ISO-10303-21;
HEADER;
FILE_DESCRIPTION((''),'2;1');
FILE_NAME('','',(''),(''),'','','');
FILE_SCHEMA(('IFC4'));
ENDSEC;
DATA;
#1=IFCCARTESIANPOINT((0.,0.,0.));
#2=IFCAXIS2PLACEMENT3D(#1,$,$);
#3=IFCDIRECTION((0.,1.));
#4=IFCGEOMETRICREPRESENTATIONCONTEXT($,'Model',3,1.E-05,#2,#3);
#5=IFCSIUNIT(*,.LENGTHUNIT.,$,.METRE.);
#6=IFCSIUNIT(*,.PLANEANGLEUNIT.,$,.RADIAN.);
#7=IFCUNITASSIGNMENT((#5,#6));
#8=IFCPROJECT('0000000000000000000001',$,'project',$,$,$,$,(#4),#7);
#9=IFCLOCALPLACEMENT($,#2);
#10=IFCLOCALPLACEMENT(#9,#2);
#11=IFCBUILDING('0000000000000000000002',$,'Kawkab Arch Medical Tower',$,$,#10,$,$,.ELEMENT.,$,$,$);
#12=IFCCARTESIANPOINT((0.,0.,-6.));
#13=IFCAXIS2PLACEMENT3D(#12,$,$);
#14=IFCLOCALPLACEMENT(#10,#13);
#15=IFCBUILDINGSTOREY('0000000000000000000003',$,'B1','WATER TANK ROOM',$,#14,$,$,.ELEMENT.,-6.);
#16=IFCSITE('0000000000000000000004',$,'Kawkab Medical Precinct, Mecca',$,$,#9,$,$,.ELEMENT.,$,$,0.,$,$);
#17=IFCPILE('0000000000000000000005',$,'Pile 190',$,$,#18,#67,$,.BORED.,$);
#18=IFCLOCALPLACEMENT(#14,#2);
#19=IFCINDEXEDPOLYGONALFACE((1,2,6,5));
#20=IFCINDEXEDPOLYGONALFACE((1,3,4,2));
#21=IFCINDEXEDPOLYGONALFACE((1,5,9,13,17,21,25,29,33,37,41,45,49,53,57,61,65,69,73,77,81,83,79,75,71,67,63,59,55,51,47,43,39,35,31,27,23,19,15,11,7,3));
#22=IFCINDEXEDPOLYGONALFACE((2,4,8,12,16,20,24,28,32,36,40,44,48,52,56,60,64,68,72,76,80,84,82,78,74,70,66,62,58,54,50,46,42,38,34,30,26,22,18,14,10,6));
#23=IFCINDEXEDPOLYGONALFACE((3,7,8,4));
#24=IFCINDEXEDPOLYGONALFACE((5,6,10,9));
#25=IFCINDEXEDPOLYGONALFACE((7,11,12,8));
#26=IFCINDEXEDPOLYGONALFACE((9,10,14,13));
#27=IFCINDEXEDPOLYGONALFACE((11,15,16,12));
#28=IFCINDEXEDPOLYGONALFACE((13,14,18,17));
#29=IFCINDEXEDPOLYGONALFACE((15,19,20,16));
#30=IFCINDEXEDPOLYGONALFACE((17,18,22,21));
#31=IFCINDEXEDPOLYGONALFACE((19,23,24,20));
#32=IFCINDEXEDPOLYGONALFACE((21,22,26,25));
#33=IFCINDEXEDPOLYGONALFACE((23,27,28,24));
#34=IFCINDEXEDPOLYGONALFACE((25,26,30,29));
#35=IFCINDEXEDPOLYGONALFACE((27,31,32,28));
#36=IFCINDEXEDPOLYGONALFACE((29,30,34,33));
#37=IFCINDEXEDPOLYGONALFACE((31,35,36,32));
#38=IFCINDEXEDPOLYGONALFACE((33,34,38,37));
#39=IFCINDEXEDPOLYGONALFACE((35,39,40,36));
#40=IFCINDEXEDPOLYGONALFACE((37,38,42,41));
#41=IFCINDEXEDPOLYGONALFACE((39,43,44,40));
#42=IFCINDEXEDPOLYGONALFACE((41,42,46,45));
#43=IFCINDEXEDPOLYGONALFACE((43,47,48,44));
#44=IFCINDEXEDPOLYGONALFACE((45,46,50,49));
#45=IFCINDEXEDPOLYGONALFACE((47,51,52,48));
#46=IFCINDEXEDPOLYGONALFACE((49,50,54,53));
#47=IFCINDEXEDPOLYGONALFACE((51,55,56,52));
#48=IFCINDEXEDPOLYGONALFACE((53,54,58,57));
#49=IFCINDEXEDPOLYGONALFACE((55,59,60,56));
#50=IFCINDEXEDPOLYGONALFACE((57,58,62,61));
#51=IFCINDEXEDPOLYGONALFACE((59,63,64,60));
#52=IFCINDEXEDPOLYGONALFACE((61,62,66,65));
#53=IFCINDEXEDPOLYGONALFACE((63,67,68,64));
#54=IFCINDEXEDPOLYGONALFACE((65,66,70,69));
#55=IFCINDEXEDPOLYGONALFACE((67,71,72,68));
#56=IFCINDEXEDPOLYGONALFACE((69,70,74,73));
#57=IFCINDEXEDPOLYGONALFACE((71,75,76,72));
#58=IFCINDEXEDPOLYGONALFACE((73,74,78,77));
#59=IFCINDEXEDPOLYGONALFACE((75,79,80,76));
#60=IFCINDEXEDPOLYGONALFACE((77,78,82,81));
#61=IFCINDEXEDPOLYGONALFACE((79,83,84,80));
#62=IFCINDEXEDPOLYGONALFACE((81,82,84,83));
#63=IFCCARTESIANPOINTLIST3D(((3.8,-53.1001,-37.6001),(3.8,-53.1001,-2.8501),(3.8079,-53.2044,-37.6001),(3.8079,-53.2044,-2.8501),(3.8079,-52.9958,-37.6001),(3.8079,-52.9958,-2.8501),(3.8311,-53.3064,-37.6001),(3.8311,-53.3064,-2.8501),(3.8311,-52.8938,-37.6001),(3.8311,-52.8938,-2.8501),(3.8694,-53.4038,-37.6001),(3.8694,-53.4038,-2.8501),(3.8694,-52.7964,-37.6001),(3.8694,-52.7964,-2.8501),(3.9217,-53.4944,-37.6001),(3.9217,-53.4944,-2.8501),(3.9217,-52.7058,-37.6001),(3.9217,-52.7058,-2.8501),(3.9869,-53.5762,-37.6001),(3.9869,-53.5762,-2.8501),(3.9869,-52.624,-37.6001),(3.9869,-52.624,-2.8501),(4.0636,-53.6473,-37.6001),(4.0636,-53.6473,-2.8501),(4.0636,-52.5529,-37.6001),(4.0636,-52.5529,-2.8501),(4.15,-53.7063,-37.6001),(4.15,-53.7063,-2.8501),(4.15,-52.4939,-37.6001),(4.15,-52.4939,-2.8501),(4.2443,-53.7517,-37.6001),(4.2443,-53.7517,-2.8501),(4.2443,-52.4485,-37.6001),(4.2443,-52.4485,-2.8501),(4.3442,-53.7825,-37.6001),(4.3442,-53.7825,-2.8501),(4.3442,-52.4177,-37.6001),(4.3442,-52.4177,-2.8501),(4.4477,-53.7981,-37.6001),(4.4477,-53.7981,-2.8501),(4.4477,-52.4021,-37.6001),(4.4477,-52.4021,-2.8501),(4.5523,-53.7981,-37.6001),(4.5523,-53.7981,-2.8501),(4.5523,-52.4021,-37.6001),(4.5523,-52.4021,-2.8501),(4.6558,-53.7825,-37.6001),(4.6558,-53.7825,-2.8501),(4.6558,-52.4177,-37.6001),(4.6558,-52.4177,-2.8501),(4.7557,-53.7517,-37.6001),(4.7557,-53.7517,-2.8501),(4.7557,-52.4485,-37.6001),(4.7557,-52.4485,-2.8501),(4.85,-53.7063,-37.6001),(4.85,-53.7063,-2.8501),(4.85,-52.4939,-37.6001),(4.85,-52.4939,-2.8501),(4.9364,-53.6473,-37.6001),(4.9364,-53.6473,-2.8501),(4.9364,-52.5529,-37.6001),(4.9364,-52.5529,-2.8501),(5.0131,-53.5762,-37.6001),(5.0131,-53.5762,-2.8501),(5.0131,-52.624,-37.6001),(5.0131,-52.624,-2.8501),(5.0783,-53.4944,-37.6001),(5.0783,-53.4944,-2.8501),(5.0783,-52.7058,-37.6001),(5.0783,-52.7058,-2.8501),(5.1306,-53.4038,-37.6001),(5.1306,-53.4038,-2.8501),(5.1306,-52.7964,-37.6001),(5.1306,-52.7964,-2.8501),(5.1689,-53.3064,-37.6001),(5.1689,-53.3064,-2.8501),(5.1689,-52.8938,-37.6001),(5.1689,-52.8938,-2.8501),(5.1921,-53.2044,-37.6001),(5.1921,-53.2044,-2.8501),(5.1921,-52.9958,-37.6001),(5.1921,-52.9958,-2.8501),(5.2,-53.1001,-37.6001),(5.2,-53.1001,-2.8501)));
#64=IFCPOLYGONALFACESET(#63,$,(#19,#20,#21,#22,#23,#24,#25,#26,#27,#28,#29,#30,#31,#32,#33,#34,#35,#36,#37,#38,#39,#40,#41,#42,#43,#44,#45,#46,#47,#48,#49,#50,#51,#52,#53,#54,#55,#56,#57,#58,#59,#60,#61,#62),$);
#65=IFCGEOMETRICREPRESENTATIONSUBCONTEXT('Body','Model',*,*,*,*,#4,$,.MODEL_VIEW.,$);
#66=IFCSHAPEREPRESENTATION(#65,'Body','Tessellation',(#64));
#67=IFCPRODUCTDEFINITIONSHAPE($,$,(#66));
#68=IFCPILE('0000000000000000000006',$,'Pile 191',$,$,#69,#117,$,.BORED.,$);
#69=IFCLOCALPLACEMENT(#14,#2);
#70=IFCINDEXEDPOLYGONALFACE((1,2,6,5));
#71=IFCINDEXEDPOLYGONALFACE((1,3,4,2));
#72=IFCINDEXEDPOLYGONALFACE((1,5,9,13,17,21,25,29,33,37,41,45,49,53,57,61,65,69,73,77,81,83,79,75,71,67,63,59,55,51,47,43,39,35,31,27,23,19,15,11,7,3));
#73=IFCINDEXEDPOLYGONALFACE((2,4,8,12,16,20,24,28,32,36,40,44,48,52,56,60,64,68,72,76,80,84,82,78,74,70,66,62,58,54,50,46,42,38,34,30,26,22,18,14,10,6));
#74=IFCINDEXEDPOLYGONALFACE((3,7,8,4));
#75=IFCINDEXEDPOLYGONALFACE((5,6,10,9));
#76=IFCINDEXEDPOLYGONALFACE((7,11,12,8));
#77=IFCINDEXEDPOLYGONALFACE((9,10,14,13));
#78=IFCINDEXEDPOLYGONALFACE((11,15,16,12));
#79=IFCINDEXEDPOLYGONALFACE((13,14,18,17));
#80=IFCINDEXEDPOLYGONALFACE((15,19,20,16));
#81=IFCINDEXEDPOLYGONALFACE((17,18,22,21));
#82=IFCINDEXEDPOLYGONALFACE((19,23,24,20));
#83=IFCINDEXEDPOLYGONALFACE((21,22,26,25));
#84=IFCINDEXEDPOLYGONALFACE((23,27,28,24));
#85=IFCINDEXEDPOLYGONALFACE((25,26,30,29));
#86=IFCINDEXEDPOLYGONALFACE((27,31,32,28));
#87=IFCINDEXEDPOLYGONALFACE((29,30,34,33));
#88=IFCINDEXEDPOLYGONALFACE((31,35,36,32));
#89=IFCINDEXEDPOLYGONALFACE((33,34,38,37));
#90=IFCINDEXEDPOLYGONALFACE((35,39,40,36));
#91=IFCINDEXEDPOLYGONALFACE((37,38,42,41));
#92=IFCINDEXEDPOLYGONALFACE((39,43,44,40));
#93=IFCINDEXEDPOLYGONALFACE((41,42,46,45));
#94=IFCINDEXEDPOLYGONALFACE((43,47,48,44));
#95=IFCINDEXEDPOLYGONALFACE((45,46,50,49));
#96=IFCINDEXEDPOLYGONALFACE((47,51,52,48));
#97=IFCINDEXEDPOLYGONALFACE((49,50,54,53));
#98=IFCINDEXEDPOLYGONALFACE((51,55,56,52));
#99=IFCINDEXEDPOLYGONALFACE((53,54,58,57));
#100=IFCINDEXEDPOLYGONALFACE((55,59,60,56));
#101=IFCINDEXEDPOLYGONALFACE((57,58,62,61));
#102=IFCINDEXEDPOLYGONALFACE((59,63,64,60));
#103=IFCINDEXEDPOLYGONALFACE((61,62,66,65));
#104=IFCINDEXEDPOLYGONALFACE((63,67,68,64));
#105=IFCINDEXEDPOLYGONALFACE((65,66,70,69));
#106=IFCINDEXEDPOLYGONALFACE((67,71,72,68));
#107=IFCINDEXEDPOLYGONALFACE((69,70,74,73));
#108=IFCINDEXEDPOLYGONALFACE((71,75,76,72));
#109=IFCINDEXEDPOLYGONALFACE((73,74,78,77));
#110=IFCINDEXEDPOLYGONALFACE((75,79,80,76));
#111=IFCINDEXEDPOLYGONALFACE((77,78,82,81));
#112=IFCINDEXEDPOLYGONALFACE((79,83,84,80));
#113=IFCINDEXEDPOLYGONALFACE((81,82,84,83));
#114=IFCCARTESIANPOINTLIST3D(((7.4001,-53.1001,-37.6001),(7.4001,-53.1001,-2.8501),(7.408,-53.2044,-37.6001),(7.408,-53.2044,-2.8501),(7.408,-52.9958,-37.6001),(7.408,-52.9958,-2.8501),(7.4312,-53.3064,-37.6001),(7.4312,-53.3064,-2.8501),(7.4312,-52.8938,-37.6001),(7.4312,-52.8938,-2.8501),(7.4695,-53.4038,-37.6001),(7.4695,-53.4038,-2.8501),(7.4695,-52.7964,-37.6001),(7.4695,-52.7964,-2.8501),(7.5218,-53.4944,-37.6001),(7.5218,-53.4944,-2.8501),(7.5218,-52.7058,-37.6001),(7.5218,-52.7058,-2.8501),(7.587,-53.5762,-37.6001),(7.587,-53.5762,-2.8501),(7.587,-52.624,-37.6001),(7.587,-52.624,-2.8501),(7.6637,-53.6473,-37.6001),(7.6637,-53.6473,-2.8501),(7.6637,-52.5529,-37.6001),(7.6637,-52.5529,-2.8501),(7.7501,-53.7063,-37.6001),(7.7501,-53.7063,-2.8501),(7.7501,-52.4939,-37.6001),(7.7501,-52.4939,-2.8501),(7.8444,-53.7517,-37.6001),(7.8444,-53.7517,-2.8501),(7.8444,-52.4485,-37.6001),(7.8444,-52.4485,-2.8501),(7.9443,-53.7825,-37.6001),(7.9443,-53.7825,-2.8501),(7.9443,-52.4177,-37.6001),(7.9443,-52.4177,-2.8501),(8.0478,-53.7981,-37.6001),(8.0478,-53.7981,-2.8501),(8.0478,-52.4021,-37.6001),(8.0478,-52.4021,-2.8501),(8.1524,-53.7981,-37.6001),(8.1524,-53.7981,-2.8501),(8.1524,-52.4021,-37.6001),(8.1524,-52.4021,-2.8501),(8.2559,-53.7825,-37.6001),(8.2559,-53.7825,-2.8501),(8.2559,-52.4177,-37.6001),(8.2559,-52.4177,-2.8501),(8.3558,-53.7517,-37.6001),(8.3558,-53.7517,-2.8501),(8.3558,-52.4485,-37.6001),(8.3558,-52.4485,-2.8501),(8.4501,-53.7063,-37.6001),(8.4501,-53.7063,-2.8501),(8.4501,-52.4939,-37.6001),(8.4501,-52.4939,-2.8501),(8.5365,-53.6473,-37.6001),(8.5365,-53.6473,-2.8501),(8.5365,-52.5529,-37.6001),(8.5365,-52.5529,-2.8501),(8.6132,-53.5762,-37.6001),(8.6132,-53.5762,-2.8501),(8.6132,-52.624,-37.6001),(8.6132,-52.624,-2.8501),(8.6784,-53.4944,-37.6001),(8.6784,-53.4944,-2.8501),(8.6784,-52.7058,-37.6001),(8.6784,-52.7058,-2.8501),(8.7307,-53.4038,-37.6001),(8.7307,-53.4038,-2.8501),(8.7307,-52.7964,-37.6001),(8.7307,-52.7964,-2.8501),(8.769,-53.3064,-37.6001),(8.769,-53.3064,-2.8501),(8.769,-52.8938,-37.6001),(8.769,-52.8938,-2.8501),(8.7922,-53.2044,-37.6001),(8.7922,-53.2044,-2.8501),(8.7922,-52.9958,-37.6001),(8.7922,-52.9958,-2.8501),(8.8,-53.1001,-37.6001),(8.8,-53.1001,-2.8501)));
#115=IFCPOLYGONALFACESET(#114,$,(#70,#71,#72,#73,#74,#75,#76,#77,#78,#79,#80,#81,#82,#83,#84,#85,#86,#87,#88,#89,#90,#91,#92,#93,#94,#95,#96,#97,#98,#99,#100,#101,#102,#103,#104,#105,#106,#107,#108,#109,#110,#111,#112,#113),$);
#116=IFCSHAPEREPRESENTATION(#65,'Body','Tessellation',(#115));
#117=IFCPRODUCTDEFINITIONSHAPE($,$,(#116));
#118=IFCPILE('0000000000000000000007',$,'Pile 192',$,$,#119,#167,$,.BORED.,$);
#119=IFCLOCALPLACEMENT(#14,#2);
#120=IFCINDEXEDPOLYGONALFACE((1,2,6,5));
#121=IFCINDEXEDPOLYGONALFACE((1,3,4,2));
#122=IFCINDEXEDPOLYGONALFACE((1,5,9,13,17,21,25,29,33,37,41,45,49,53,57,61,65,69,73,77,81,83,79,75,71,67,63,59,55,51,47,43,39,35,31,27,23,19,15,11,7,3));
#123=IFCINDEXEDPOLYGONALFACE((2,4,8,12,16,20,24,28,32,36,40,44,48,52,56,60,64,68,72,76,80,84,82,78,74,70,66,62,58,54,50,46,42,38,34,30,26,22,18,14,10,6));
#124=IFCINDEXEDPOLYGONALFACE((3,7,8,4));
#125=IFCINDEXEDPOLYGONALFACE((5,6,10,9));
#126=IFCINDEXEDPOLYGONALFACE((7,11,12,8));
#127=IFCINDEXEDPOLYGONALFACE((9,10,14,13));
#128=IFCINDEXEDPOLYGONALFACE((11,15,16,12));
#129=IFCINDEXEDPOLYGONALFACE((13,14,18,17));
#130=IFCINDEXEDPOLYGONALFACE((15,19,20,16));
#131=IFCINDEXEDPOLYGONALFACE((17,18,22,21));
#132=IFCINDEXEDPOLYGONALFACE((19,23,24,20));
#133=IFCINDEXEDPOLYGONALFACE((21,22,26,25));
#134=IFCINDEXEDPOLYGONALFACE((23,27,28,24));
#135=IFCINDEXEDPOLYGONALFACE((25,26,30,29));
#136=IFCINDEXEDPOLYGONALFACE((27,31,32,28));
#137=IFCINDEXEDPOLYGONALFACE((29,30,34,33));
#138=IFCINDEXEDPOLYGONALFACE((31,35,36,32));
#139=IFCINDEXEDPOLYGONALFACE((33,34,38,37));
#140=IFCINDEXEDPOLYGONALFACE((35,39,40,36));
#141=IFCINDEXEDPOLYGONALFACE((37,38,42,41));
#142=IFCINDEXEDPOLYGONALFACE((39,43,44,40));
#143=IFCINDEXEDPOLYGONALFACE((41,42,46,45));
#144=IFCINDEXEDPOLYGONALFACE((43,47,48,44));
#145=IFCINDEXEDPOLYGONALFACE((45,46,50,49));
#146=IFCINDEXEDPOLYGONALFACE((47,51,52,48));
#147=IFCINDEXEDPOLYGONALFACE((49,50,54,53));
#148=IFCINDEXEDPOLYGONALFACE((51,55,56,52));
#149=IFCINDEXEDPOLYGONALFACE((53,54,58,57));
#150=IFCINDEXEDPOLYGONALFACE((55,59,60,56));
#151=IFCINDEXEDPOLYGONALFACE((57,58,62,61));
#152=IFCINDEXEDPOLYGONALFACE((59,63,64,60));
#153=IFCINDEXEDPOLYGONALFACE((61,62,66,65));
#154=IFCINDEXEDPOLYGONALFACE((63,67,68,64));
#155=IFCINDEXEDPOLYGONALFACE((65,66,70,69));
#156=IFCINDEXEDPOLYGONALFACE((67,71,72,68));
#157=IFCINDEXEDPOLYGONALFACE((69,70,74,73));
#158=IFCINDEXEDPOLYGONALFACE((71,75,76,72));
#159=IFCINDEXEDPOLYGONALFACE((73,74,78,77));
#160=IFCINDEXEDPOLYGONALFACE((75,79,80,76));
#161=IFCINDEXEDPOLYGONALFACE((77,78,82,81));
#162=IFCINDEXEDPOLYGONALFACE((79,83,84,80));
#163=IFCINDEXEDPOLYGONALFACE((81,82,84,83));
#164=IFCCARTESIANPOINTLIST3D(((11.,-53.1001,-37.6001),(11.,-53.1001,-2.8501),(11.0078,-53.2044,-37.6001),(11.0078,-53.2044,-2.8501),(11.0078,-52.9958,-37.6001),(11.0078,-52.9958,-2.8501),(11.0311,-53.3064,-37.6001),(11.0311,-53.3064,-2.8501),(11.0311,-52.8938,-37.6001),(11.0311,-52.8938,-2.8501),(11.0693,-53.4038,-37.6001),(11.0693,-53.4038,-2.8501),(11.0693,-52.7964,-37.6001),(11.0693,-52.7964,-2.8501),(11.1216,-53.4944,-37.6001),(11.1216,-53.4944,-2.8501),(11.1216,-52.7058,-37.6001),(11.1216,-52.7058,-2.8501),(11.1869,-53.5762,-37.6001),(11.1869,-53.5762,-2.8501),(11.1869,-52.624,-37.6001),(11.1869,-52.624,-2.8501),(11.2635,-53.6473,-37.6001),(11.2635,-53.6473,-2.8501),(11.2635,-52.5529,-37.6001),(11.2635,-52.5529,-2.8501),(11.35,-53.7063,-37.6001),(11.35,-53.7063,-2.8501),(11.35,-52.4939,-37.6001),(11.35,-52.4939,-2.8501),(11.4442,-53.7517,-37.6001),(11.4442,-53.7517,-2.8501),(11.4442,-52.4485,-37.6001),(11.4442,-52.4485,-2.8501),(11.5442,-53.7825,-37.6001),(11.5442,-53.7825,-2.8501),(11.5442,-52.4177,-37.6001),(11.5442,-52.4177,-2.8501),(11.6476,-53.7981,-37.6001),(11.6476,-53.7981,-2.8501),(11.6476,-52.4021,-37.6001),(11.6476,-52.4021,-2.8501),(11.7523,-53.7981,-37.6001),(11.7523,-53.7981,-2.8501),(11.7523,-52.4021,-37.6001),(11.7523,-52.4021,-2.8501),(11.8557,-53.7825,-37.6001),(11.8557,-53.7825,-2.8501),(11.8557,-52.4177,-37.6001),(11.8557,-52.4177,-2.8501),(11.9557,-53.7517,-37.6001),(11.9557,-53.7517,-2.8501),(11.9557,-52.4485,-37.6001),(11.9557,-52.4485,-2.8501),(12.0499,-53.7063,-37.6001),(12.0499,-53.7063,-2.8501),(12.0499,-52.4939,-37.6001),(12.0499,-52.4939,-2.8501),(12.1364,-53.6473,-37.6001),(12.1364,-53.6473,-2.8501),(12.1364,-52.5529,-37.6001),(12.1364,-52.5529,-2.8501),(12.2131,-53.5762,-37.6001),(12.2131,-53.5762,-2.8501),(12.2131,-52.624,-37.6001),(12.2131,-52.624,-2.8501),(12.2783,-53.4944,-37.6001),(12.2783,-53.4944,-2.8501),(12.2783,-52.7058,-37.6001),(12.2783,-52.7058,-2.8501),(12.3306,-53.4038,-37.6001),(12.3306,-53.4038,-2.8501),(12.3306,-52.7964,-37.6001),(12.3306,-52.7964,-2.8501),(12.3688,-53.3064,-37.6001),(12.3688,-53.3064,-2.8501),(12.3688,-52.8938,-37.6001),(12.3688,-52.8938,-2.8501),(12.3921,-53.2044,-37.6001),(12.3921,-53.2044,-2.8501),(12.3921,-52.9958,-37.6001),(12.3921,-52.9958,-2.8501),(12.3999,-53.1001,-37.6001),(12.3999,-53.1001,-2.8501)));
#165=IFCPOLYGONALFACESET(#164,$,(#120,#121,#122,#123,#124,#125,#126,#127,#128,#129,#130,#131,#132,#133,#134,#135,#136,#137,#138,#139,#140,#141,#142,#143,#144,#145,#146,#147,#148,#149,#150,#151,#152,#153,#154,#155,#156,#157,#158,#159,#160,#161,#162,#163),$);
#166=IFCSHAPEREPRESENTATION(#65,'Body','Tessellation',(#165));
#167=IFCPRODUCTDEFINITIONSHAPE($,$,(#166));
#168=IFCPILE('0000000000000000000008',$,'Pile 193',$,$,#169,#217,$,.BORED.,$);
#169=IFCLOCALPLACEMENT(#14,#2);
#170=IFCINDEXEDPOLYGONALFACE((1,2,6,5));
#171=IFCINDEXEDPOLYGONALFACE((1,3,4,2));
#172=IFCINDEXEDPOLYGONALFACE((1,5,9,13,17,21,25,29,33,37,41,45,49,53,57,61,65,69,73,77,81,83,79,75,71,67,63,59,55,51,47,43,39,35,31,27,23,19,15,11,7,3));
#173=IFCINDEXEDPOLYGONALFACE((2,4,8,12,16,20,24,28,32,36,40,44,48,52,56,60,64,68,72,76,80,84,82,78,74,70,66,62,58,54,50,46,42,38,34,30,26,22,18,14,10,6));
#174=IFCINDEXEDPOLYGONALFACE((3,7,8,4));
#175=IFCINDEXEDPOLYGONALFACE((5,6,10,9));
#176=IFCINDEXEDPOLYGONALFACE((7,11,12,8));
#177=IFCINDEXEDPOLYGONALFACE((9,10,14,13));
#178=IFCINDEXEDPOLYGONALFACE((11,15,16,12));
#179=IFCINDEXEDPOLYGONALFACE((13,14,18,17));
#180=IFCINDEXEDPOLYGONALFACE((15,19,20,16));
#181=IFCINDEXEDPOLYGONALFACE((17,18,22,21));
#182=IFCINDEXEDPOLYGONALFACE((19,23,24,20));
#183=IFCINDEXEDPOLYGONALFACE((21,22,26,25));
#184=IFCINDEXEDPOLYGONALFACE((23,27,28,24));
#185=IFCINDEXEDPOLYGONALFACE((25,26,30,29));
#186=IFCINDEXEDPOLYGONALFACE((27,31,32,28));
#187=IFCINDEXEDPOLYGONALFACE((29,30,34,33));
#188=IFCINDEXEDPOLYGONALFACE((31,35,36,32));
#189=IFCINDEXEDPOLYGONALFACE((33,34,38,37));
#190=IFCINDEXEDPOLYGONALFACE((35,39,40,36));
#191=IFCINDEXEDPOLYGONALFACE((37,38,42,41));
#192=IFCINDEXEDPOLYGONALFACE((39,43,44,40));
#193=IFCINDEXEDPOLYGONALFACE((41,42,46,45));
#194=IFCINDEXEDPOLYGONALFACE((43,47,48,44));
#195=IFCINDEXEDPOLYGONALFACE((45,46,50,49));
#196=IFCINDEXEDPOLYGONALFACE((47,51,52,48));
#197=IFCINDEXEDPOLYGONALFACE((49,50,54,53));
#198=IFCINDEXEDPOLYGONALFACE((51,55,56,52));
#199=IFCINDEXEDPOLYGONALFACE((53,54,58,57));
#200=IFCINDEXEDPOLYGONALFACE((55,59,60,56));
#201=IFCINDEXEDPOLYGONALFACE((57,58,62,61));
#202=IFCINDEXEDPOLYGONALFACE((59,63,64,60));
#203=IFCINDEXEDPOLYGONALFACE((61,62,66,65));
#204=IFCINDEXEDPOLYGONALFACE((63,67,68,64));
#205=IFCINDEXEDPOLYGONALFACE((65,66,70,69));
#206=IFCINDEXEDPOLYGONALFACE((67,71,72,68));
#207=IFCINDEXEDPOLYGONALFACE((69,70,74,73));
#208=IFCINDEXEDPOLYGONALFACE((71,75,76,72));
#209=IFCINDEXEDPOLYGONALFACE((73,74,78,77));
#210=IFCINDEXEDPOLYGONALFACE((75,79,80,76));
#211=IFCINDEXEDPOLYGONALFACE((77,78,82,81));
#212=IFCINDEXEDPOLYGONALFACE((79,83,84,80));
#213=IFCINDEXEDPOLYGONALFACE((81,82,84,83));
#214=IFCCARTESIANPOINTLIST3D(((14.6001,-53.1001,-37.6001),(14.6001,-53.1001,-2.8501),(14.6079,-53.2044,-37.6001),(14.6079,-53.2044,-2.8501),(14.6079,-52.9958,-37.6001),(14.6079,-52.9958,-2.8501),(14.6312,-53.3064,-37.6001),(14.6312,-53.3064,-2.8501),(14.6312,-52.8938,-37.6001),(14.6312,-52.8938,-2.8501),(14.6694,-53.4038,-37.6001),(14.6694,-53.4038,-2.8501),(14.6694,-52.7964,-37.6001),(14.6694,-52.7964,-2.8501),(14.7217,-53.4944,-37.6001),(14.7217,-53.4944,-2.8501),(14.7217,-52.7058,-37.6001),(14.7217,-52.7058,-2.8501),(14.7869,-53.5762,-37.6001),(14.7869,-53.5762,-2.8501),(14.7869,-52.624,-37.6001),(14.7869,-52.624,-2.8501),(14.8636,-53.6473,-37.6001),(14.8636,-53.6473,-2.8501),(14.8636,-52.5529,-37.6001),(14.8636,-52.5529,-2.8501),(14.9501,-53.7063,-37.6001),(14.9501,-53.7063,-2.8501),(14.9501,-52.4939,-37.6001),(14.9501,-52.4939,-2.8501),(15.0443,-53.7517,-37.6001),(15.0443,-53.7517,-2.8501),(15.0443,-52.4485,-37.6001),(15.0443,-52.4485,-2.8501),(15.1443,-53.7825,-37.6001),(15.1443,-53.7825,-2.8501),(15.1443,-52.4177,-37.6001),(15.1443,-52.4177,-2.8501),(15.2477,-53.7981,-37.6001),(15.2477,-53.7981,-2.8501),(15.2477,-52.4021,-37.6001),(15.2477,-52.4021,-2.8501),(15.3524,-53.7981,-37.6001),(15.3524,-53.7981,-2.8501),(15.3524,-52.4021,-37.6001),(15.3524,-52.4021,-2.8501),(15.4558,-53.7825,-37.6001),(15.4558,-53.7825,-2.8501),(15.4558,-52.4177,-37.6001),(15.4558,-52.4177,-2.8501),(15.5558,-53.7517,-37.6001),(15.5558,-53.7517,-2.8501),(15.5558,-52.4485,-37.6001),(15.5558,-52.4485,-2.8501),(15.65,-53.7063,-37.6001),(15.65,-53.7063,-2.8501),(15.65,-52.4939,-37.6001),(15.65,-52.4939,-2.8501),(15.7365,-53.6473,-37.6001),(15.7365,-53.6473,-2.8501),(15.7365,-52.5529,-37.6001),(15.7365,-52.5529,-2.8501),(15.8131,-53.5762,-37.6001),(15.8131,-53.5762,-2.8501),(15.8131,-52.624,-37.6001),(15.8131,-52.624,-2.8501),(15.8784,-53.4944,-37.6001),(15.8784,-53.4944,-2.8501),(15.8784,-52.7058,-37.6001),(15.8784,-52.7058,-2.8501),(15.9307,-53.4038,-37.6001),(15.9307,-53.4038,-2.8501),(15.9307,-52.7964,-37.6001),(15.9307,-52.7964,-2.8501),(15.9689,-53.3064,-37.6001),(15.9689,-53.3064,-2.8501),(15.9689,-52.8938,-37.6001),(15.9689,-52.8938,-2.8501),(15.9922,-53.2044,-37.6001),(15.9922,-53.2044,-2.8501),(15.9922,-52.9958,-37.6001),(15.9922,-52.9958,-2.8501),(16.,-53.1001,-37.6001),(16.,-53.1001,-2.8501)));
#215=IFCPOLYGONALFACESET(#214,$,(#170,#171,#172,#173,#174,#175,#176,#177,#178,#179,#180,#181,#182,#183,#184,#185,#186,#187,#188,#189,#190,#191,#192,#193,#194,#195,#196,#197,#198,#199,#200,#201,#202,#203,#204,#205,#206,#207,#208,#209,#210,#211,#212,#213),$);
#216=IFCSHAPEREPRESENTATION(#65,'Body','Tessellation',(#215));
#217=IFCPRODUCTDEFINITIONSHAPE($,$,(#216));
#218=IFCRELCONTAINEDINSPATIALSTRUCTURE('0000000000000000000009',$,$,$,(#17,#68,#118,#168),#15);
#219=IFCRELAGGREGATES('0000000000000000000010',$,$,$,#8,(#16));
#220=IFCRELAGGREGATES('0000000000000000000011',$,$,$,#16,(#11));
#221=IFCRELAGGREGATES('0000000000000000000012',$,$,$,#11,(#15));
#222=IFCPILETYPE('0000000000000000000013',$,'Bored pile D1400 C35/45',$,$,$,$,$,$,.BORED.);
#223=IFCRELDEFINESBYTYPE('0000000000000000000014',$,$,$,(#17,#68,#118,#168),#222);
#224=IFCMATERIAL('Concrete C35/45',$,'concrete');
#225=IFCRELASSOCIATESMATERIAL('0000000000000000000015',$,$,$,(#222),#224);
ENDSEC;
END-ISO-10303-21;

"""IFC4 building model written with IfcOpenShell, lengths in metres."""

from ifc_helpers import new_model, si_unit, direction, frame, origin, origin_2d, place, context, subcontext, project, spatial, circle, extrude, material, material_profile, profile_set, type_object, element, save


model = new_model("IFC4")

# Units and contexts
model_context = context("Model", 3, precision=1e-05, world=origin(), true_north=direction((0.0, 1.0)))
body_context = subcontext(model_context, "Body", "Model", "MODEL_VIEW")
ifc_project = project(units=[si_unit("LENGTHUNIT", "METRE"), si_unit("PLANEANGLEUNIT", "RADIAN")], contexts=[model_context])

# Site, building, storey
site_placement = place(None, origin())
site = spatial("IfcSite", under=ifc_project, at=site_placement, Name="Kawkab Medical Precinct, Mecca", CompositionType="ELEMENT", RefElevation=0.0)
building_placement = place(site_placement, origin())
building = spatial("IfcBuilding", under=site, at=building_placement, Name="Kawkab Arch Medical Tower", CompositionType="ELEMENT")
storey_placement = place(building_placement, frame((0.0, 0.0, -6.0)))
storey = spatial("IfcBuildingStorey", under=building, at=storey_placement, Name="B1", Description="WATER TANK ROOM", CompositionType="ELEMENT", Elevation=-6.0)

# Piles
ifc_material_1 = material(Name="Concrete C35/45", Category="concrete")
ifc_material_profile_1 = material_profile(ifc_material_1, circle(Radius=0.7, at=origin_2d()), Name="Bored pile D1400")
ifc_profile_set_1 = profile_set([ifc_material_profile_1], Name="Concrete C35/45")
pile_type = type_object("IfcPileType", Name="Bored pile D1400 C35/45", PredefinedType="BORED", material=ifc_profile_set_1)
for number, where, z_axis, x_axis, name in (
    (1, (4.5, -53.1001, -2.8501), (0.0, 0.0, -1.0), (1.0, 0.0, 0.0), "Pile 190"),
    (2, (8.1001, -53.1001, -2.8501), (0.0, 0.0, -1.0), (1.0, 0.0, 0.0), "Pile 191"),
    (3, (11.7, -53.1001, -2.8501), (0.0, 0.0, -1.0), (1.0, 0.0, 0.0), "Pile 192"),
    (4, (15.3, -53.1001, -2.8501), (0.0, 0.0, -1.0), (1.0, 0.0, 0.0), "Pile 193"),
):
    element("IfcPile", number, at=place(storey_placement, frame(where, z_axis=z_axis, x_axis=x_axis)), inside=storey, type_object=pile_type, Name=name, PredefinedType="BORED", context=body_context, shape_type="SweptSolid", body=[
        extrude(circle(Radius=0.7, at=origin_2d()), origin(), (0.0, 0.0, 1.0), 34.75),
    ])

save(model, "model.ifc")
